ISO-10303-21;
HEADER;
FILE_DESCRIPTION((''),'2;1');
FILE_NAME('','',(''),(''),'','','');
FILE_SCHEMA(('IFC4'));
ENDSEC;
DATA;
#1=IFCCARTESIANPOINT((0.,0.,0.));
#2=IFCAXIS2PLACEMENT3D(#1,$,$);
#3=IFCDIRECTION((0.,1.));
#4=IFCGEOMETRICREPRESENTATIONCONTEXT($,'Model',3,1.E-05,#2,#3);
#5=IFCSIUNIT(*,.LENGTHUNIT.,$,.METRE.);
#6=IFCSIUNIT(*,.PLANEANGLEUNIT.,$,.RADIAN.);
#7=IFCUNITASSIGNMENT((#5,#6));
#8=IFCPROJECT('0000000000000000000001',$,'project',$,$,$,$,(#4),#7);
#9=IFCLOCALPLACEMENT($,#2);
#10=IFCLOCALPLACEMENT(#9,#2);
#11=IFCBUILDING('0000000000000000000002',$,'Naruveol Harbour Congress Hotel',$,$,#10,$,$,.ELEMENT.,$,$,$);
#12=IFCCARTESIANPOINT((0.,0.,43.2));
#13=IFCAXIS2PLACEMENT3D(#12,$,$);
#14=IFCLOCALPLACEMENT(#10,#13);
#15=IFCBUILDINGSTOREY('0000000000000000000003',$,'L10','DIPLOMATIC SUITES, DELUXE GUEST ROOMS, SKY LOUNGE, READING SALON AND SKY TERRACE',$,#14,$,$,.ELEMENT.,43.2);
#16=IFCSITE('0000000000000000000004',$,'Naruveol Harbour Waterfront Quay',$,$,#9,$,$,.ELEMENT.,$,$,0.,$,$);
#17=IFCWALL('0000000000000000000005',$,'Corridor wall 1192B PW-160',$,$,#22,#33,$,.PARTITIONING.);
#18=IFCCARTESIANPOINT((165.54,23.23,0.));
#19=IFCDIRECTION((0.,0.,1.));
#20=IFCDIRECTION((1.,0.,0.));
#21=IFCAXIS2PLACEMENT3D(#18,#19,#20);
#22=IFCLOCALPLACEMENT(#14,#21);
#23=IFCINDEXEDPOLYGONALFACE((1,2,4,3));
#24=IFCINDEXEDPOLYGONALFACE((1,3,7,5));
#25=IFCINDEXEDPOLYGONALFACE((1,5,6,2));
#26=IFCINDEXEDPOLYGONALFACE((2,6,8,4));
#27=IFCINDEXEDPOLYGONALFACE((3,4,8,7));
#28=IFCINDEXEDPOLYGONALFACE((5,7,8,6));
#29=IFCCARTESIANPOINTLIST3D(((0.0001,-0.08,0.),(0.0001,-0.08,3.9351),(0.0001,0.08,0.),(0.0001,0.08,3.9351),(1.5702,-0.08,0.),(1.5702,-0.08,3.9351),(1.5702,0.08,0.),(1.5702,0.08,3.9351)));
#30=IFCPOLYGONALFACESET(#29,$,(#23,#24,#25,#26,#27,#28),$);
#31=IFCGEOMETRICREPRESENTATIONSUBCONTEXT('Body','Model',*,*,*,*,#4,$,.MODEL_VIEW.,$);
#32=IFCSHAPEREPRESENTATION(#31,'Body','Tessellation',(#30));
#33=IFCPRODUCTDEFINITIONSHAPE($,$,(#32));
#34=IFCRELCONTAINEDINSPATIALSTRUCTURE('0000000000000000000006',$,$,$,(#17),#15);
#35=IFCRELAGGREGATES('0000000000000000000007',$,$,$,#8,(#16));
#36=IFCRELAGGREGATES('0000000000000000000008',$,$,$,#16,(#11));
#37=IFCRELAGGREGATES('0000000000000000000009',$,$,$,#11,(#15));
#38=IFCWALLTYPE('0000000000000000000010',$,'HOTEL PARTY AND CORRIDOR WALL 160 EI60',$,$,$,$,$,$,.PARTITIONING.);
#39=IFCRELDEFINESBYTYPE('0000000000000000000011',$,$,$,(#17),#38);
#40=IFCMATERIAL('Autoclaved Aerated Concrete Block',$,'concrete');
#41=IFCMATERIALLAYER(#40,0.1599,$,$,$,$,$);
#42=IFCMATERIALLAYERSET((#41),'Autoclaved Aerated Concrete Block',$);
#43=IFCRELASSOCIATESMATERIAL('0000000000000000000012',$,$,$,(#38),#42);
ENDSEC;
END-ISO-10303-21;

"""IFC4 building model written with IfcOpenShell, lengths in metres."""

from ifc_helpers import new_model, si_unit, direction, frame, frame_2d, origin, place, context, subcontext, project, spatial, rectangle, extrude, material, layer, layer_set, type_object, element, save


model = new_model("IFC4")

# Units and contexts
model_context = context("Model", 3, precision=1e-05, world=origin(), true_north=direction((0.0, 1.0)))
body_context = subcontext(model_context, "Body", "Model", "MODEL_VIEW")
ifc_project = project(units=[si_unit("LENGTHUNIT", "METRE"), si_unit("PLANEANGLEUNIT", "RADIAN")], contexts=[model_context])

# Site, building, storey
site_placement = place(None, origin())
site = spatial("IfcSite", under=ifc_project, at=site_placement, Name="Naruveol Harbour Waterfront Quay", CompositionType="ELEMENT", RefElevation=0.0)
building_placement = place(site_placement, origin())
building = spatial("IfcBuilding", under=site, at=building_placement, Name="Naruveol Harbour Congress Hotel", CompositionType="ELEMENT")
storey_placement = place(building_placement, frame((0.0, 0.0, 43.2)))
storey = spatial("IfcBuildingStorey", under=building, at=storey_placement, Name="L10", Description="DIPLOMATIC SUITES, DELUXE GUEST ROOMS, SKY LOUNGE, READING SALON AND SKY TERRACE", CompositionType="ELEMENT", Elevation=43.2)

# Shared definitions
ifc_material_1 = material(Name="Autoclaved Aerated Concrete Block", Category="concrete")
ifc_layer_1 = layer(ifc_material_1, 0.1599)
ifc_layer_set_1 = layer_set([ifc_layer_1], Name="Autoclaved Aerated Concrete Block")
wall_type_1 = type_object("IfcWallType", Name="HOTEL PARTY AND CORRIDOR WALL 160 EI60", PredefinedType="PARTITIONING", material=ifc_layer_set_1)

# Wall
wall_1_placement = place(storey_placement, frame((165.54, 23.23, 0.0), z_axis=(0.0, 0.0, 1.0), x_axis=(1.0, 0.0, 0.0)))
element("IfcWall", 1, at=wall_1_placement, inside=storey, type_object=wall_type_1, Name="Corridor wall 1192B PW-160", PredefinedType="PARTITIONING", context=body_context, shape_type="SweptSolid", body=[
    extrude(rectangle(XDim=1.5701, YDim=0.1599, at=frame_2d((0.7852, 0.0))), origin(), (0.0, 0.0, 1.0), 3.9351),
])

save(model, "model.ifc")
